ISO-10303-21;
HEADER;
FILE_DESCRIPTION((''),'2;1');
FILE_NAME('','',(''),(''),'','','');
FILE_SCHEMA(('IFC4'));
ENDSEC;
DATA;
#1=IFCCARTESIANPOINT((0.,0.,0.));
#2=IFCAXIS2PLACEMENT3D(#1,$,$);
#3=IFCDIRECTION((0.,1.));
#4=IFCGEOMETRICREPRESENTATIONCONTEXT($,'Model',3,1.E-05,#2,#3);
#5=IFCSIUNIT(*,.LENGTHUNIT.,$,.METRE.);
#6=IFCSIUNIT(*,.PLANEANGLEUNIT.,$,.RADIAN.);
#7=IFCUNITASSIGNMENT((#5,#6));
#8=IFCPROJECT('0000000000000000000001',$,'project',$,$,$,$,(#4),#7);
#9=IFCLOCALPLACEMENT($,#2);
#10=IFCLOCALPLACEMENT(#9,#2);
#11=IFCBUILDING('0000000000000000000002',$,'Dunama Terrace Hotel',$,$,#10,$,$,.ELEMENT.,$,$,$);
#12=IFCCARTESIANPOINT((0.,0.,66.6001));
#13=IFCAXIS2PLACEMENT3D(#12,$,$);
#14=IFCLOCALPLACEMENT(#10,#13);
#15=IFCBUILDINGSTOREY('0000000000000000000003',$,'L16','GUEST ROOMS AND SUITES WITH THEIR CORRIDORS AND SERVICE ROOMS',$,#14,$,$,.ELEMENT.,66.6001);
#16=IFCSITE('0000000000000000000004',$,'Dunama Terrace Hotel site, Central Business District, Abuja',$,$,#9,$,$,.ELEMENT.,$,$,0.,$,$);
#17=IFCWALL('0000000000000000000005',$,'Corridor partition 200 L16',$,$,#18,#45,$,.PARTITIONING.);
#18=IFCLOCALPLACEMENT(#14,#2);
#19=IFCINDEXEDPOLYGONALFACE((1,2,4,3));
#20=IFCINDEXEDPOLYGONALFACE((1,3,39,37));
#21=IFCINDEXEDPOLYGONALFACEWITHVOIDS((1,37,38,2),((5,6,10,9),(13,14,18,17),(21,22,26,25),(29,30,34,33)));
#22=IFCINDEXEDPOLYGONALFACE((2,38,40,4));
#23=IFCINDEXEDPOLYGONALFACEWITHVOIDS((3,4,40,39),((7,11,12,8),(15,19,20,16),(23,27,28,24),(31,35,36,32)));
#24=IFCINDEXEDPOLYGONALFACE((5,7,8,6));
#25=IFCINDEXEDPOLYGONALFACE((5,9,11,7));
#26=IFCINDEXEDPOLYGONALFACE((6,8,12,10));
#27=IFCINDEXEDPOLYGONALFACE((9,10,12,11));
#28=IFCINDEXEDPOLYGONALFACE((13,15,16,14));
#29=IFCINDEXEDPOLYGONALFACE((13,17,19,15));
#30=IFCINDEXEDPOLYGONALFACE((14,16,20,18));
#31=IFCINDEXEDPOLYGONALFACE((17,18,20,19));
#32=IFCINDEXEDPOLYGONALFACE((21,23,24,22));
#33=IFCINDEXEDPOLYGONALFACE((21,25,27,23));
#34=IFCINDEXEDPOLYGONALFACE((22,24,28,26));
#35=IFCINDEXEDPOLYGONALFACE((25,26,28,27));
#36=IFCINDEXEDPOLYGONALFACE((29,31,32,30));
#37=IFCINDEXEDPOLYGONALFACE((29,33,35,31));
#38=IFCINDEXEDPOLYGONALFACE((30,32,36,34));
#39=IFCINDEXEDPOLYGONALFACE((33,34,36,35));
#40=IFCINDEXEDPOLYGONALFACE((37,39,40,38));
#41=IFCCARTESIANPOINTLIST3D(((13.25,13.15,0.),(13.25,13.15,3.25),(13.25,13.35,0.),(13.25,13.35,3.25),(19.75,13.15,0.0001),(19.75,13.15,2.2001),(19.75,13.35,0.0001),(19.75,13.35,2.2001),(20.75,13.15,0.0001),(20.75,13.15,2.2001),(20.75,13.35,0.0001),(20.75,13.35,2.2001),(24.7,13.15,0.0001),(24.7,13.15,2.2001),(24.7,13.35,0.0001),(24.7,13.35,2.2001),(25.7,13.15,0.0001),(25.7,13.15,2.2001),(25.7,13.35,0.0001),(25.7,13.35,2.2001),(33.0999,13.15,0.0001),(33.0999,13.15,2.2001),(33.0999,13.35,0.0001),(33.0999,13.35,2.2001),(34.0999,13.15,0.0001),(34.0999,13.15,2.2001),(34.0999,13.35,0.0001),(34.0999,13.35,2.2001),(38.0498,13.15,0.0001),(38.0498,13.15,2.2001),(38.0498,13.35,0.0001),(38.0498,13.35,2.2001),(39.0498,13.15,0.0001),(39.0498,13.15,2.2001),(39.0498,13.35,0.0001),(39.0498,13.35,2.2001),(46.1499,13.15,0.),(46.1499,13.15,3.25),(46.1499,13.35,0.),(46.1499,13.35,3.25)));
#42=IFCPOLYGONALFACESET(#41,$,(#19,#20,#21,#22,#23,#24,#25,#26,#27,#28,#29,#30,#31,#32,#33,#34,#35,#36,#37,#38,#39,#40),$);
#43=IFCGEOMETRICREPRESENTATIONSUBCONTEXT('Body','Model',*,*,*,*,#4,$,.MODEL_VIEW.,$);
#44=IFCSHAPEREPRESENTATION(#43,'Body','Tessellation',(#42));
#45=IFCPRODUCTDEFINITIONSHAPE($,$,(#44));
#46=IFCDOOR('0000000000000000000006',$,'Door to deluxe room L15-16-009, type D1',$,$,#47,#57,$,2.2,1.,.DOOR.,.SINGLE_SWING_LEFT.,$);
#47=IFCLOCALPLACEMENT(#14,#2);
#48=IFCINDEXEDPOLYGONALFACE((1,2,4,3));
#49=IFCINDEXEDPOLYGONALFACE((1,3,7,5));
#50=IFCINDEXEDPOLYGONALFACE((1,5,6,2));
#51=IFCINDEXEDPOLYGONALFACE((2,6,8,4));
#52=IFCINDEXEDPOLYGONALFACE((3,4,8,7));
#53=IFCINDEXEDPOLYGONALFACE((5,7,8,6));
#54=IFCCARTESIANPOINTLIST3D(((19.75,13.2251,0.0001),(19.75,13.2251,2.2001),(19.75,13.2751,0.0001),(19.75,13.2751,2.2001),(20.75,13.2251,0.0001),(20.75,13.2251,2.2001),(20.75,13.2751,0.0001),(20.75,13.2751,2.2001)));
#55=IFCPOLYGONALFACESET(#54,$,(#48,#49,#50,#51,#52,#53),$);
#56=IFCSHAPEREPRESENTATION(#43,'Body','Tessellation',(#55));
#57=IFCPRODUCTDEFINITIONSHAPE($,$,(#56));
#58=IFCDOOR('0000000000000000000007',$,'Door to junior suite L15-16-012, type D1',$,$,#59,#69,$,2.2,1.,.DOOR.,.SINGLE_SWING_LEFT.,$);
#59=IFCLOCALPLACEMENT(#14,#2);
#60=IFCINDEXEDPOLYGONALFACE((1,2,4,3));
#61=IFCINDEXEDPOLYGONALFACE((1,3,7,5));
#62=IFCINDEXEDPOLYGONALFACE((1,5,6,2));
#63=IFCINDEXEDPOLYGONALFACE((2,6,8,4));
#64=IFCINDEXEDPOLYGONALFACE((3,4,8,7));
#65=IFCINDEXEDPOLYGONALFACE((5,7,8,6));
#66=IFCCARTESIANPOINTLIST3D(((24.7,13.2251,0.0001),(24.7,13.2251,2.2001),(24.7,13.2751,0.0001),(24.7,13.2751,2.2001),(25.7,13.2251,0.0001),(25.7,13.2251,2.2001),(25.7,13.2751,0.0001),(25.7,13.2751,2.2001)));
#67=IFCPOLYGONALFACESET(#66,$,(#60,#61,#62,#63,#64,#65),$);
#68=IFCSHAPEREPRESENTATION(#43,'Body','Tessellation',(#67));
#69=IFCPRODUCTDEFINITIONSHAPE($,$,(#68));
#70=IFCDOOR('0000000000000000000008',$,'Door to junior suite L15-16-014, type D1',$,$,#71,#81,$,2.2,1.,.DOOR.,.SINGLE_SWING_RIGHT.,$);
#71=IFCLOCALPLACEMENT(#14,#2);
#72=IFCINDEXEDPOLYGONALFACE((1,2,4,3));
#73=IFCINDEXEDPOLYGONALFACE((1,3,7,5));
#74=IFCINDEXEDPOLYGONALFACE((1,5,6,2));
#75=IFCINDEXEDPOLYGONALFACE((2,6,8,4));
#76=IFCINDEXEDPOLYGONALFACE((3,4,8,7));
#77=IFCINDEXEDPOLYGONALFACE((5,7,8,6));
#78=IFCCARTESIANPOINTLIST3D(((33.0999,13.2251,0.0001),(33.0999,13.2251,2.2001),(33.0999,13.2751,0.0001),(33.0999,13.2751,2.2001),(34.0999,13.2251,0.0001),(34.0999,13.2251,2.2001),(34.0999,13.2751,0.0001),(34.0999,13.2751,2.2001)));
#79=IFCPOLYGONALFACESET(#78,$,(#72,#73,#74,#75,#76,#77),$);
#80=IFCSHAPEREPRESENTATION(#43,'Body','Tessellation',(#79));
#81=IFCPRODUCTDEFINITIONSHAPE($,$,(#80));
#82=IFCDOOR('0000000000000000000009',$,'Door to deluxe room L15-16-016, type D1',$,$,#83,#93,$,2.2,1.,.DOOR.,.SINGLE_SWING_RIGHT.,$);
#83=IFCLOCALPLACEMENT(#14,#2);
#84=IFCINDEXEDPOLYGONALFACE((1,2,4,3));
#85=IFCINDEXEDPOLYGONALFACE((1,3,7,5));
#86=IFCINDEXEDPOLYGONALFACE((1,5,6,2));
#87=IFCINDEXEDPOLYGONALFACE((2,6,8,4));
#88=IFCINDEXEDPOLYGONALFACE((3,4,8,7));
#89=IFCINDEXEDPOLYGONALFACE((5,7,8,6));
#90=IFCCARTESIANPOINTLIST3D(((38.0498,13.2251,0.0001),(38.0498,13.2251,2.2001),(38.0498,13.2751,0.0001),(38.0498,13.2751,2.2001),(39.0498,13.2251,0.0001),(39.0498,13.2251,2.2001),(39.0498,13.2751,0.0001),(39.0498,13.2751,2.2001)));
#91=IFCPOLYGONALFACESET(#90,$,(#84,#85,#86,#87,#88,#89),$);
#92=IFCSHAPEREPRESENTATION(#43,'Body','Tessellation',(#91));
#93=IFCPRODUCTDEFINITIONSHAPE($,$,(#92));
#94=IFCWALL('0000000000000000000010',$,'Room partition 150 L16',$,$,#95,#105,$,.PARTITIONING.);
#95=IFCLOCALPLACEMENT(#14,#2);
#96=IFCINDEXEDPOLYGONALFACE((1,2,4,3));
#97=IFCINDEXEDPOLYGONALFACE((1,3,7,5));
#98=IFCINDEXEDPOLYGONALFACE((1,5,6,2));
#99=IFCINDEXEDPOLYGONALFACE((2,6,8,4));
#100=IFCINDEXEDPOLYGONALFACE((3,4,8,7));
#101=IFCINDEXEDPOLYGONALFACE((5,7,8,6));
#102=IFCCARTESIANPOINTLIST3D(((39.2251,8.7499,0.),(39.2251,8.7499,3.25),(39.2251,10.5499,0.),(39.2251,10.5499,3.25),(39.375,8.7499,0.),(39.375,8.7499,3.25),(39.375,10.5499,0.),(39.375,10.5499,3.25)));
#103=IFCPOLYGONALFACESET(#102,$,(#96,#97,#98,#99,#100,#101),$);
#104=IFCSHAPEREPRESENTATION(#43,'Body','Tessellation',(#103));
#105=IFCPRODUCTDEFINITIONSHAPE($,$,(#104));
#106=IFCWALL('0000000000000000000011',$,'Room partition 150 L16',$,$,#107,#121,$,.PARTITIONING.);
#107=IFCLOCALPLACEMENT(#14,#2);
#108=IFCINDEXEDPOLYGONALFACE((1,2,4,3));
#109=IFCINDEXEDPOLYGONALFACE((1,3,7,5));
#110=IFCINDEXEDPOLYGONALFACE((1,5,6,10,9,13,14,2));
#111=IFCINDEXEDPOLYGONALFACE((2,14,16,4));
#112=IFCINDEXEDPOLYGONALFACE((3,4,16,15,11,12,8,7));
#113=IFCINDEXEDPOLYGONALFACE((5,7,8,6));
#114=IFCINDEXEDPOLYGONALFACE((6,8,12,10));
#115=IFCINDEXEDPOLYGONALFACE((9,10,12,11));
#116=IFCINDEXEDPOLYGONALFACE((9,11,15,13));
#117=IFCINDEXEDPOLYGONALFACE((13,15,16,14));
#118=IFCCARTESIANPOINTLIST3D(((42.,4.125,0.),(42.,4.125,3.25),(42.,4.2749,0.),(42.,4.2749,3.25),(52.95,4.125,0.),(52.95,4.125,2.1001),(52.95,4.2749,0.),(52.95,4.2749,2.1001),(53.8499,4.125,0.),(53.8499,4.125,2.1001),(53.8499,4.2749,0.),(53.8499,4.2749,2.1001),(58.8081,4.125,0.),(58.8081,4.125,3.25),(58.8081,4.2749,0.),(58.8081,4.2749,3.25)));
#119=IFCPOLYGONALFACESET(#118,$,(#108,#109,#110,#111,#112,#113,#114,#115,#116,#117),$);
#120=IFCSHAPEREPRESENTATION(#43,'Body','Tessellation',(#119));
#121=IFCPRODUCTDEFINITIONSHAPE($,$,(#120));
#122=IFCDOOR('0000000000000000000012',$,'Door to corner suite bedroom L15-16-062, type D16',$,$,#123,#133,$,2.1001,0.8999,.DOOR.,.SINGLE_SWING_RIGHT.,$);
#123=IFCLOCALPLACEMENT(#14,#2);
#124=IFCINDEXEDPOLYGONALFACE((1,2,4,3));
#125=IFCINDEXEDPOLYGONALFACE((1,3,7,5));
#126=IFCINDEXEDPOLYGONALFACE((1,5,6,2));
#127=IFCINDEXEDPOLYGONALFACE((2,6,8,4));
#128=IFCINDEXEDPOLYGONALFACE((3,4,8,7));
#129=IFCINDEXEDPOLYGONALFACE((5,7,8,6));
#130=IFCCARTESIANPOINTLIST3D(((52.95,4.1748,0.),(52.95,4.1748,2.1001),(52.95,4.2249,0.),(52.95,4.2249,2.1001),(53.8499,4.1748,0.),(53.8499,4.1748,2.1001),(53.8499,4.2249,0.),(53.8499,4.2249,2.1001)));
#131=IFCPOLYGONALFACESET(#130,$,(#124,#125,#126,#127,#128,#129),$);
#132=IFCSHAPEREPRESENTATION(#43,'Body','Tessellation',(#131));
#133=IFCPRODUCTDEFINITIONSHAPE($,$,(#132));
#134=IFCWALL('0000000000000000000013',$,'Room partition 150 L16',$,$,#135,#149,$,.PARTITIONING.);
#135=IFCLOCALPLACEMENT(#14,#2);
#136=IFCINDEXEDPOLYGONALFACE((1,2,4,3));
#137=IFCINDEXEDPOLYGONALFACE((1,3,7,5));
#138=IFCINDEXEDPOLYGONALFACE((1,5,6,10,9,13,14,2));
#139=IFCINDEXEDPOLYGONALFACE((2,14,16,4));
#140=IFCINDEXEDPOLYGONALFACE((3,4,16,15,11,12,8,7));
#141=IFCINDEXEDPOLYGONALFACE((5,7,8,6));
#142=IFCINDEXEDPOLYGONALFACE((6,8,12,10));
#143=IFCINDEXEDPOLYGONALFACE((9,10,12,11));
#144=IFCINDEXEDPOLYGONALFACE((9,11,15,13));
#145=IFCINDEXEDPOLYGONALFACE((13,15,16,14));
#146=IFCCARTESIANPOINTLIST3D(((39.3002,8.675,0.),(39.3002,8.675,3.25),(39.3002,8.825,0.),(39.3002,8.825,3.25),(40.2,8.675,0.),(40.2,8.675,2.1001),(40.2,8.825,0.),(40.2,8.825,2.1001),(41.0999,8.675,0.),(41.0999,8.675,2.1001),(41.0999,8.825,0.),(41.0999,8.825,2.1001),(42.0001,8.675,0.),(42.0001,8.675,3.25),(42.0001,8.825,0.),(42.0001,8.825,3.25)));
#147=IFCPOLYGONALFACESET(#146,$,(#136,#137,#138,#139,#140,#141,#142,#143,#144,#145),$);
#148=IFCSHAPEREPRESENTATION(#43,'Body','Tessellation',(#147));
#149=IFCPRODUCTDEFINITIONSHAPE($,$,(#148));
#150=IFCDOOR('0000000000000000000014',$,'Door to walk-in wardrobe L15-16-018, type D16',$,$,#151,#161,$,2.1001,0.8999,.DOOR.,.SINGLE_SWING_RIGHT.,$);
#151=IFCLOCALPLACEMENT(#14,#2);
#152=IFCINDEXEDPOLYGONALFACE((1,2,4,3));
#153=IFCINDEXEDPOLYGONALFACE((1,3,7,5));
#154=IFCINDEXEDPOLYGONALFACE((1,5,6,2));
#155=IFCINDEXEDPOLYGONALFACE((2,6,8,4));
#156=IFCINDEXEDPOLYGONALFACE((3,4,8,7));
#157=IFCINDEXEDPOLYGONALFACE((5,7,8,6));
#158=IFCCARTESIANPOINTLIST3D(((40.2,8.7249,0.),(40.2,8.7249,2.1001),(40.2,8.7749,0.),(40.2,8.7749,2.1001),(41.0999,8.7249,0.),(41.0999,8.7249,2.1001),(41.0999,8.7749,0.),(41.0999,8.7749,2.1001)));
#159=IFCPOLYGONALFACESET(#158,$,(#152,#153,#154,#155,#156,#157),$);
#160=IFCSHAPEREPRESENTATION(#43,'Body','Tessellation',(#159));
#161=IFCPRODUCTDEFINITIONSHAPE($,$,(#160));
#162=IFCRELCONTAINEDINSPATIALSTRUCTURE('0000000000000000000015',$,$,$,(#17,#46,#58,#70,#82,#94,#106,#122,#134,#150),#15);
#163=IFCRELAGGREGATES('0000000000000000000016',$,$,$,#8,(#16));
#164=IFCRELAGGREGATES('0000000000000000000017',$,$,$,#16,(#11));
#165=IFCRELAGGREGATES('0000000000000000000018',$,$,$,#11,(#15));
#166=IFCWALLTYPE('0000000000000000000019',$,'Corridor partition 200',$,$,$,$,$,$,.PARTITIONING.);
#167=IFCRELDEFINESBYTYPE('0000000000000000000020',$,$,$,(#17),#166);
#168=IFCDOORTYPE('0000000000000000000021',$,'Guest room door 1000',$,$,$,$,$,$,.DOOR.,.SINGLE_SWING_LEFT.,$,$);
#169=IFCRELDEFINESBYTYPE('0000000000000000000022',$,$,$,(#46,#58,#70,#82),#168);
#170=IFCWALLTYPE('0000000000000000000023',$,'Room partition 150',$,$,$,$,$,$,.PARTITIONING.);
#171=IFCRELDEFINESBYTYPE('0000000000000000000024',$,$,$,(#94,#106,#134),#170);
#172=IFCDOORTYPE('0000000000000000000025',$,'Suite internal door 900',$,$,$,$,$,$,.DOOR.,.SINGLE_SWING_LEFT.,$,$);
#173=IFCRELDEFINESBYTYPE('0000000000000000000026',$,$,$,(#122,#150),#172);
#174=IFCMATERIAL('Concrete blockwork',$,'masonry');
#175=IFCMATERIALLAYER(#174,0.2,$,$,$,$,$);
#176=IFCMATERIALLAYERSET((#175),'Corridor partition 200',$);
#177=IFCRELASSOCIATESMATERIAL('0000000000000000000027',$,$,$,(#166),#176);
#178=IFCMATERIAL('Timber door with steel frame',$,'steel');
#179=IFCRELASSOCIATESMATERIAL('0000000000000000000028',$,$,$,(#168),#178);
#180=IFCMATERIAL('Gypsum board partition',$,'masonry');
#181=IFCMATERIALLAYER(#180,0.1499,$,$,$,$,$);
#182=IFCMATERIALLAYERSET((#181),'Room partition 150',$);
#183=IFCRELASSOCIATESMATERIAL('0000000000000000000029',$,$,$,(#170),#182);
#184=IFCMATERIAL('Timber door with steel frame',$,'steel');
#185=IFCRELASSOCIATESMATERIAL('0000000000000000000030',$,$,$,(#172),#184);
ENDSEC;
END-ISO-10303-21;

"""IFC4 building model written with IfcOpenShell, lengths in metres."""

from ifc_helpers import new_model, si_unit, direction, frame, frame_2d, origin, place, context, subcontext, project, spatial, rectangle, extrude, material, layer, layer_set, type_object, element, fill, save


model = new_model("IFC4")

# Units and contexts
model_context = context("Model", 3, precision=1e-05, world=origin(), true_north=direction((0.0, 1.0)))
body_context = subcontext(model_context, "Body", "Model", "MODEL_VIEW")
ifc_project = project(units=[si_unit("LENGTHUNIT", "METRE"), si_unit("PLANEANGLEUNIT", "RADIAN")], contexts=[model_context])

# Site, building, storey
site_placement = place(None, origin())
site = spatial("IfcSite", under=ifc_project, at=site_placement, Name="Dunama Terrace Hotel site, Central Business District, Abuja", CompositionType="ELEMENT", RefElevation=0.0)
building_placement = place(site_placement, origin())
building = spatial("IfcBuilding", under=site, at=building_placement, Name="Dunama Terrace Hotel", CompositionType="ELEMENT")
storey_placement = place(building_placement, frame((0.0, 0.0, 66.6001)))
storey = spatial("IfcBuildingStorey", under=building, at=storey_placement, Name="L16", Description="GUEST ROOMS AND SUITES WITH THEIR CORRIDORS AND SERVICE ROOMS", CompositionType="ELEMENT", Elevation=66.6001)

# Wall, openings, doors
ifc_material_1 = material(Name="Concrete blockwork", Category="masonry")
ifc_layer_1 = layer(ifc_material_1, 0.2)
ifc_layer_set_1 = layer_set([ifc_layer_1], Name="Corridor partition 200")
wall_type_1 = type_object("IfcWallType", Name="Corridor partition 200", PredefinedType="PARTITIONING", material=ifc_layer_set_1)
wall_1_placement = place(storey_placement, frame((46.1499, 13.25, 0.0), z_axis=(0.0, 0.0, 1.0), x_axis=(-1.0, 0.0, 0.0)))
wall_1 = element("IfcWall", 1, at=wall_1_placement, inside=storey, type_object=wall_type_1, Name="Corridor partition 200 L16", PredefinedType="PARTITIONING", context=body_context, shape_type="SweptSolid", body=[
    extrude(rectangle(XDim=32.8999, YDim=0.2, at=frame_2d((16.45, 0.0))), origin(), (0.0, 0.0, 1.0), 3.25),
])
opening_1_placement = place(wall_1_placement, frame((25.3999, 0.0, 0.0)))
opening_1 = element("IfcOpeningElement", 2, at=opening_1_placement, cuts=wall_1, PredefinedType="OPENING", context=body_context, shape_type="SweptSolid", body=[
    extrude(rectangle(XDim=1.0, YDim=2.2, at=frame_2d((0.5, 1.1001))), frame((0.0, 0.1099, 0.0), z_axis=(0.0, -1.0, 0.0), x_axis=(1.0, 0.0, 0.0)), (0.0, 0.0, 1.0), 0.22),
])
opening_2_placement = place(wall_1_placement, frame((20.45, 0.0, 0.0)))
opening_2 = element("IfcOpeningElement", 3, at=opening_2_placement, cuts=wall_1, PredefinedType="OPENING", context=body_context, shape_type="SweptSolid", body=[
    extrude(rectangle(XDim=1.0, YDim=2.2, at=frame_2d((0.5, 1.1001))), frame((0.0, 0.1099, 0.0), z_axis=(0.0, -1.0, 0.0), x_axis=(1.0, 0.0, 0.0)), (0.0, 0.0, 1.0), 0.22),
])
opening_3_placement = place(wall_1_placement, frame((12.05, 0.0, 0.0)))
opening_3 = element("IfcOpeningElement", 4, at=opening_3_placement, cuts=wall_1, PredefinedType="OPENING", context=body_context, shape_type="SweptSolid", body=[
    extrude(rectangle(XDim=1.0, YDim=2.2, at=frame_2d((0.5, 1.1001))), frame((0.0, 0.1099, 0.0), z_axis=(0.0, -1.0, 0.0), x_axis=(1.0, 0.0, 0.0)), (0.0, 0.0, 1.0), 0.22),
])
opening_4_placement = place(wall_1_placement, frame((7.1001, 0.0, 0.0)))
opening_4 = element("IfcOpeningElement", 5, at=opening_4_placement, cuts=wall_1, PredefinedType="OPENING", context=body_context, shape_type="SweptSolid", body=[
    extrude(rectangle(XDim=1.0, YDim=2.2, at=frame_2d((0.5, 1.1001))), frame((0.0, 0.1099, 0.0), z_axis=(0.0, -1.0, 0.0), x_axis=(1.0, 0.0, 0.0)), (0.0, 0.0, 1.0), 0.22),
])
ifc_material_2 = material(Name="Timber door with steel frame", Category="steel")
door_type_1 = type_object("IfcDoorType", Name="Guest room door 1000", OperationType="SINGLE_SWING_LEFT", PredefinedType="DOOR", material=ifc_material_2)
door_1_placement = place(opening_1_placement, origin())
door_1 = element("IfcDoor", 6, at=door_1_placement, inside=storey, type_object=door_type_1, Name="Door to deluxe room L15-16-009, type D1", OperationType="SINGLE_SWING_LEFT", OverallHeight=2.2, OverallWidth=1.0, PredefinedType="DOOR", context=body_context, shape_type="SweptSolid", body=[
    extrude(rectangle(XDim=1.0, YDim=2.2, at=frame_2d((0.5, 1.1001))), frame((0.0, 0.0249, 0.0), z_axis=(0.0, -1.0, 0.0), x_axis=(1.0, 0.0, 0.0)), (0.0, 0.0, 1.0), 0.05),
])
fill(opening_1, door_1)
door_2_placement = place(opening_2_placement, origin())
door_2 = element("IfcDoor", 7, at=door_2_placement, inside=storey, type_object=door_type_1, Name="Door to junior suite L15-16-012, type D1", OperationType="SINGLE_SWING_LEFT", OverallHeight=2.2, OverallWidth=1.0, PredefinedType="DOOR", context=body_context, shape_type="SweptSolid", body=[
    extrude(rectangle(XDim=1.0, YDim=2.2, at=frame_2d((0.5, 1.1001))), frame((0.0, 0.0249, 0.0), z_axis=(0.0, -1.0, 0.0), x_axis=(1.0, 0.0, 0.0)), (0.0, 0.0, 1.0), 0.05),
])
fill(opening_2, door_2)
door_3_placement = place(opening_3_placement, origin())
door_3 = element("IfcDoor", 8, at=door_3_placement, inside=storey, type_object=door_type_1, Name="Door to junior suite L15-16-014, type D1", OperationType="SINGLE_SWING_RIGHT", OverallHeight=2.2, OverallWidth=1.0, PredefinedType="DOOR", context=body_context, shape_type="SweptSolid", body=[
    extrude(rectangle(XDim=1.0, YDim=2.2, at=frame_2d((0.5, 1.1001))), frame((0.0, 0.0249, 0.0), z_axis=(0.0, -1.0, 0.0), x_axis=(1.0, 0.0, 0.0)), (0.0, 0.0, 1.0), 0.05),
])
fill(opening_3, door_3)
door_4_placement = place(opening_4_placement, origin())
door_4 = element("IfcDoor", 9, at=door_4_placement, inside=storey, type_object=door_type_1, Name="Door to deluxe room L15-16-016, type D1", OperationType="SINGLE_SWING_RIGHT", OverallHeight=2.2, OverallWidth=1.0, PredefinedType="DOOR", context=body_context, shape_type="SweptSolid", body=[
    extrude(rectangle(XDim=1.0, YDim=2.2, at=frame_2d((0.5, 1.1001))), frame((0.0, 0.0249, 0.0), z_axis=(0.0, -1.0, 0.0), x_axis=(1.0, 0.0, 0.0)), (0.0, 0.0, 1.0), 0.05),
])
fill(opening_4, door_4)

# Wall
ifc_material_3 = material(Name="Gypsum board partition", Category="masonry")
ifc_layer_2 = layer(ifc_material_3, 0.1499)
ifc_layer_set_2 = layer_set([ifc_layer_2], Name="Room partition 150")
wall_type_2 = type_object("IfcWallType", Name="Room partition 150", PredefinedType="PARTITIONING", material=ifc_layer_set_2)
wall_2_placement = place(storey_placement, frame((39.3, 8.75, 0.0), z_axis=(0.0, 0.0, 1.0), x_axis=(0.0, 1.0, 0.0)))
element("IfcWall", 10, at=wall_2_placement, inside=storey, type_object=wall_type_2, Name="Room partition 150 L16", PredefinedType="PARTITIONING", context=body_context, shape_type="SweptSolid", body=[
    extrude(rectangle(XDim=1.8, YDim=0.1499, at=frame_2d((0.8999, 0.0))), origin(), (0.0, 0.0, 1.0), 3.25),
])

# Walls, openings, doors
wall_3_placement = place(storey_placement, frame((42.0, 4.2, 0.0), z_axis=(0.0, 0.0, 1.0), x_axis=(1.0, 0.0, 0.0)))
wall_3 = element("IfcWall", 11, at=wall_3_placement, inside=storey, type_object=wall_type_2, Name="Room partition 150 L16", PredefinedType="PARTITIONING", context=body_context, shape_type="SweptSolid", body=[
    extrude(rectangle(XDim=16.8081, YDim=0.1499, at=frame_2d((8.4041, 0.0))), origin(), (0.0, 0.0, 1.0), 3.25),
])
opening_5_placement = place(wall_3_placement, frame((10.95, 0.0, 0.0)))
opening_5 = element("IfcOpeningElement", 12, at=opening_5_placement, cuts=wall_3, PredefinedType="OPENING", context=body_context, shape_type="SweptSolid", body=[
    extrude(rectangle(XDim=0.8999, YDim=2.1001, at=frame_2d((0.45, 1.05))), frame((0.0, 0.085, 0.0), z_axis=(0.0, -1.0, 0.0), x_axis=(1.0, 0.0, 0.0)), (0.0, 0.0, 1.0), 0.1699),
])
ifc_material_4 = material(Name="Timber door with steel frame", Category="steel")
door_type_2 = type_object("IfcDoorType", Name="Suite internal door 900", OperationType="SINGLE_SWING_LEFT", PredefinedType="DOOR", material=ifc_material_4)
door_5_placement = place(opening_5_placement, frame((0.8999, 0.0, 0.0), z_axis=(0.0, 0.0, 1.0), x_axis=(-1.0, 0.0, 0.0)))
door_5 = element("IfcDoor", 13, at=door_5_placement, inside=storey, type_object=door_type_2, Name="Door to corner suite bedroom L15-16-062, type D16", OperationType="SINGLE_SWING_RIGHT", OverallHeight=2.1001, OverallWidth=0.8999, PredefinedType="DOOR", context=body_context, shape_type="SweptSolid", body=[
    extrude(rectangle(XDim=0.8999, YDim=2.1001, at=frame_2d((0.45, 1.05))), frame((0.0, 0.0251, 0.0), z_axis=(0.0, -1.0, 0.0), x_axis=(1.0, 0.0, 0.0)), (0.0, 0.0, 1.0), 0.05),
])
fill(opening_5, door_5)
wall_4_placement = place(storey_placement, frame((39.3, 8.75, 0.0), z_axis=(0.0, 0.0, 1.0), x_axis=(1.0, 0.0, 0.0)))
wall_4 = element("IfcWall", 14, at=wall_4_placement, inside=storey, type_object=wall_type_2, Name="Room partition 150 L16", PredefinedType="PARTITIONING", context=body_context, shape_type="SweptSolid", body=[
    extrude(rectangle(XDim=2.7, YDim=0.1499, at=frame_2d((1.3501, 0.0))), origin(), (0.0, 0.0, 1.0), 3.25),
])
opening_6_placement = place(wall_4_placement, frame((0.8999, 0.0, 0.0)))
opening_6 = element("IfcOpeningElement", 15, at=opening_6_placement, cuts=wall_4, PredefinedType="OPENING", context=body_context, shape_type="SweptSolid", body=[
    extrude(rectangle(XDim=0.8999, YDim=2.1001, at=frame_2d((0.45, 1.05))), frame((0.0, 0.085, 0.0), z_axis=(0.0, -1.0, 0.0), x_axis=(1.0, 0.0, 0.0)), (0.0, 0.0, 1.0), 0.1699),
])
door_6_placement = place(opening_6_placement, origin())
door_6 = element("IfcDoor", 16, at=door_6_placement, inside=storey, type_object=door_type_2, Name="Door to walk-in wardrobe L15-16-018, type D16", OperationType="SINGLE_SWING_RIGHT", OverallHeight=2.1001, OverallWidth=0.8999, PredefinedType="DOOR", context=body_context, shape_type="SweptSolid", body=[
    extrude(rectangle(XDim=0.8999, YDim=2.1001, at=frame_2d((0.45, 1.05))), frame((0.0, 0.0249, 0.0), z_axis=(0.0, -1.0, 0.0), x_axis=(1.0, 0.0, 0.0)), (0.0, 0.0, 1.0), 0.05),
])
fill(opening_6, door_6)

save(model, "model.ifc")
